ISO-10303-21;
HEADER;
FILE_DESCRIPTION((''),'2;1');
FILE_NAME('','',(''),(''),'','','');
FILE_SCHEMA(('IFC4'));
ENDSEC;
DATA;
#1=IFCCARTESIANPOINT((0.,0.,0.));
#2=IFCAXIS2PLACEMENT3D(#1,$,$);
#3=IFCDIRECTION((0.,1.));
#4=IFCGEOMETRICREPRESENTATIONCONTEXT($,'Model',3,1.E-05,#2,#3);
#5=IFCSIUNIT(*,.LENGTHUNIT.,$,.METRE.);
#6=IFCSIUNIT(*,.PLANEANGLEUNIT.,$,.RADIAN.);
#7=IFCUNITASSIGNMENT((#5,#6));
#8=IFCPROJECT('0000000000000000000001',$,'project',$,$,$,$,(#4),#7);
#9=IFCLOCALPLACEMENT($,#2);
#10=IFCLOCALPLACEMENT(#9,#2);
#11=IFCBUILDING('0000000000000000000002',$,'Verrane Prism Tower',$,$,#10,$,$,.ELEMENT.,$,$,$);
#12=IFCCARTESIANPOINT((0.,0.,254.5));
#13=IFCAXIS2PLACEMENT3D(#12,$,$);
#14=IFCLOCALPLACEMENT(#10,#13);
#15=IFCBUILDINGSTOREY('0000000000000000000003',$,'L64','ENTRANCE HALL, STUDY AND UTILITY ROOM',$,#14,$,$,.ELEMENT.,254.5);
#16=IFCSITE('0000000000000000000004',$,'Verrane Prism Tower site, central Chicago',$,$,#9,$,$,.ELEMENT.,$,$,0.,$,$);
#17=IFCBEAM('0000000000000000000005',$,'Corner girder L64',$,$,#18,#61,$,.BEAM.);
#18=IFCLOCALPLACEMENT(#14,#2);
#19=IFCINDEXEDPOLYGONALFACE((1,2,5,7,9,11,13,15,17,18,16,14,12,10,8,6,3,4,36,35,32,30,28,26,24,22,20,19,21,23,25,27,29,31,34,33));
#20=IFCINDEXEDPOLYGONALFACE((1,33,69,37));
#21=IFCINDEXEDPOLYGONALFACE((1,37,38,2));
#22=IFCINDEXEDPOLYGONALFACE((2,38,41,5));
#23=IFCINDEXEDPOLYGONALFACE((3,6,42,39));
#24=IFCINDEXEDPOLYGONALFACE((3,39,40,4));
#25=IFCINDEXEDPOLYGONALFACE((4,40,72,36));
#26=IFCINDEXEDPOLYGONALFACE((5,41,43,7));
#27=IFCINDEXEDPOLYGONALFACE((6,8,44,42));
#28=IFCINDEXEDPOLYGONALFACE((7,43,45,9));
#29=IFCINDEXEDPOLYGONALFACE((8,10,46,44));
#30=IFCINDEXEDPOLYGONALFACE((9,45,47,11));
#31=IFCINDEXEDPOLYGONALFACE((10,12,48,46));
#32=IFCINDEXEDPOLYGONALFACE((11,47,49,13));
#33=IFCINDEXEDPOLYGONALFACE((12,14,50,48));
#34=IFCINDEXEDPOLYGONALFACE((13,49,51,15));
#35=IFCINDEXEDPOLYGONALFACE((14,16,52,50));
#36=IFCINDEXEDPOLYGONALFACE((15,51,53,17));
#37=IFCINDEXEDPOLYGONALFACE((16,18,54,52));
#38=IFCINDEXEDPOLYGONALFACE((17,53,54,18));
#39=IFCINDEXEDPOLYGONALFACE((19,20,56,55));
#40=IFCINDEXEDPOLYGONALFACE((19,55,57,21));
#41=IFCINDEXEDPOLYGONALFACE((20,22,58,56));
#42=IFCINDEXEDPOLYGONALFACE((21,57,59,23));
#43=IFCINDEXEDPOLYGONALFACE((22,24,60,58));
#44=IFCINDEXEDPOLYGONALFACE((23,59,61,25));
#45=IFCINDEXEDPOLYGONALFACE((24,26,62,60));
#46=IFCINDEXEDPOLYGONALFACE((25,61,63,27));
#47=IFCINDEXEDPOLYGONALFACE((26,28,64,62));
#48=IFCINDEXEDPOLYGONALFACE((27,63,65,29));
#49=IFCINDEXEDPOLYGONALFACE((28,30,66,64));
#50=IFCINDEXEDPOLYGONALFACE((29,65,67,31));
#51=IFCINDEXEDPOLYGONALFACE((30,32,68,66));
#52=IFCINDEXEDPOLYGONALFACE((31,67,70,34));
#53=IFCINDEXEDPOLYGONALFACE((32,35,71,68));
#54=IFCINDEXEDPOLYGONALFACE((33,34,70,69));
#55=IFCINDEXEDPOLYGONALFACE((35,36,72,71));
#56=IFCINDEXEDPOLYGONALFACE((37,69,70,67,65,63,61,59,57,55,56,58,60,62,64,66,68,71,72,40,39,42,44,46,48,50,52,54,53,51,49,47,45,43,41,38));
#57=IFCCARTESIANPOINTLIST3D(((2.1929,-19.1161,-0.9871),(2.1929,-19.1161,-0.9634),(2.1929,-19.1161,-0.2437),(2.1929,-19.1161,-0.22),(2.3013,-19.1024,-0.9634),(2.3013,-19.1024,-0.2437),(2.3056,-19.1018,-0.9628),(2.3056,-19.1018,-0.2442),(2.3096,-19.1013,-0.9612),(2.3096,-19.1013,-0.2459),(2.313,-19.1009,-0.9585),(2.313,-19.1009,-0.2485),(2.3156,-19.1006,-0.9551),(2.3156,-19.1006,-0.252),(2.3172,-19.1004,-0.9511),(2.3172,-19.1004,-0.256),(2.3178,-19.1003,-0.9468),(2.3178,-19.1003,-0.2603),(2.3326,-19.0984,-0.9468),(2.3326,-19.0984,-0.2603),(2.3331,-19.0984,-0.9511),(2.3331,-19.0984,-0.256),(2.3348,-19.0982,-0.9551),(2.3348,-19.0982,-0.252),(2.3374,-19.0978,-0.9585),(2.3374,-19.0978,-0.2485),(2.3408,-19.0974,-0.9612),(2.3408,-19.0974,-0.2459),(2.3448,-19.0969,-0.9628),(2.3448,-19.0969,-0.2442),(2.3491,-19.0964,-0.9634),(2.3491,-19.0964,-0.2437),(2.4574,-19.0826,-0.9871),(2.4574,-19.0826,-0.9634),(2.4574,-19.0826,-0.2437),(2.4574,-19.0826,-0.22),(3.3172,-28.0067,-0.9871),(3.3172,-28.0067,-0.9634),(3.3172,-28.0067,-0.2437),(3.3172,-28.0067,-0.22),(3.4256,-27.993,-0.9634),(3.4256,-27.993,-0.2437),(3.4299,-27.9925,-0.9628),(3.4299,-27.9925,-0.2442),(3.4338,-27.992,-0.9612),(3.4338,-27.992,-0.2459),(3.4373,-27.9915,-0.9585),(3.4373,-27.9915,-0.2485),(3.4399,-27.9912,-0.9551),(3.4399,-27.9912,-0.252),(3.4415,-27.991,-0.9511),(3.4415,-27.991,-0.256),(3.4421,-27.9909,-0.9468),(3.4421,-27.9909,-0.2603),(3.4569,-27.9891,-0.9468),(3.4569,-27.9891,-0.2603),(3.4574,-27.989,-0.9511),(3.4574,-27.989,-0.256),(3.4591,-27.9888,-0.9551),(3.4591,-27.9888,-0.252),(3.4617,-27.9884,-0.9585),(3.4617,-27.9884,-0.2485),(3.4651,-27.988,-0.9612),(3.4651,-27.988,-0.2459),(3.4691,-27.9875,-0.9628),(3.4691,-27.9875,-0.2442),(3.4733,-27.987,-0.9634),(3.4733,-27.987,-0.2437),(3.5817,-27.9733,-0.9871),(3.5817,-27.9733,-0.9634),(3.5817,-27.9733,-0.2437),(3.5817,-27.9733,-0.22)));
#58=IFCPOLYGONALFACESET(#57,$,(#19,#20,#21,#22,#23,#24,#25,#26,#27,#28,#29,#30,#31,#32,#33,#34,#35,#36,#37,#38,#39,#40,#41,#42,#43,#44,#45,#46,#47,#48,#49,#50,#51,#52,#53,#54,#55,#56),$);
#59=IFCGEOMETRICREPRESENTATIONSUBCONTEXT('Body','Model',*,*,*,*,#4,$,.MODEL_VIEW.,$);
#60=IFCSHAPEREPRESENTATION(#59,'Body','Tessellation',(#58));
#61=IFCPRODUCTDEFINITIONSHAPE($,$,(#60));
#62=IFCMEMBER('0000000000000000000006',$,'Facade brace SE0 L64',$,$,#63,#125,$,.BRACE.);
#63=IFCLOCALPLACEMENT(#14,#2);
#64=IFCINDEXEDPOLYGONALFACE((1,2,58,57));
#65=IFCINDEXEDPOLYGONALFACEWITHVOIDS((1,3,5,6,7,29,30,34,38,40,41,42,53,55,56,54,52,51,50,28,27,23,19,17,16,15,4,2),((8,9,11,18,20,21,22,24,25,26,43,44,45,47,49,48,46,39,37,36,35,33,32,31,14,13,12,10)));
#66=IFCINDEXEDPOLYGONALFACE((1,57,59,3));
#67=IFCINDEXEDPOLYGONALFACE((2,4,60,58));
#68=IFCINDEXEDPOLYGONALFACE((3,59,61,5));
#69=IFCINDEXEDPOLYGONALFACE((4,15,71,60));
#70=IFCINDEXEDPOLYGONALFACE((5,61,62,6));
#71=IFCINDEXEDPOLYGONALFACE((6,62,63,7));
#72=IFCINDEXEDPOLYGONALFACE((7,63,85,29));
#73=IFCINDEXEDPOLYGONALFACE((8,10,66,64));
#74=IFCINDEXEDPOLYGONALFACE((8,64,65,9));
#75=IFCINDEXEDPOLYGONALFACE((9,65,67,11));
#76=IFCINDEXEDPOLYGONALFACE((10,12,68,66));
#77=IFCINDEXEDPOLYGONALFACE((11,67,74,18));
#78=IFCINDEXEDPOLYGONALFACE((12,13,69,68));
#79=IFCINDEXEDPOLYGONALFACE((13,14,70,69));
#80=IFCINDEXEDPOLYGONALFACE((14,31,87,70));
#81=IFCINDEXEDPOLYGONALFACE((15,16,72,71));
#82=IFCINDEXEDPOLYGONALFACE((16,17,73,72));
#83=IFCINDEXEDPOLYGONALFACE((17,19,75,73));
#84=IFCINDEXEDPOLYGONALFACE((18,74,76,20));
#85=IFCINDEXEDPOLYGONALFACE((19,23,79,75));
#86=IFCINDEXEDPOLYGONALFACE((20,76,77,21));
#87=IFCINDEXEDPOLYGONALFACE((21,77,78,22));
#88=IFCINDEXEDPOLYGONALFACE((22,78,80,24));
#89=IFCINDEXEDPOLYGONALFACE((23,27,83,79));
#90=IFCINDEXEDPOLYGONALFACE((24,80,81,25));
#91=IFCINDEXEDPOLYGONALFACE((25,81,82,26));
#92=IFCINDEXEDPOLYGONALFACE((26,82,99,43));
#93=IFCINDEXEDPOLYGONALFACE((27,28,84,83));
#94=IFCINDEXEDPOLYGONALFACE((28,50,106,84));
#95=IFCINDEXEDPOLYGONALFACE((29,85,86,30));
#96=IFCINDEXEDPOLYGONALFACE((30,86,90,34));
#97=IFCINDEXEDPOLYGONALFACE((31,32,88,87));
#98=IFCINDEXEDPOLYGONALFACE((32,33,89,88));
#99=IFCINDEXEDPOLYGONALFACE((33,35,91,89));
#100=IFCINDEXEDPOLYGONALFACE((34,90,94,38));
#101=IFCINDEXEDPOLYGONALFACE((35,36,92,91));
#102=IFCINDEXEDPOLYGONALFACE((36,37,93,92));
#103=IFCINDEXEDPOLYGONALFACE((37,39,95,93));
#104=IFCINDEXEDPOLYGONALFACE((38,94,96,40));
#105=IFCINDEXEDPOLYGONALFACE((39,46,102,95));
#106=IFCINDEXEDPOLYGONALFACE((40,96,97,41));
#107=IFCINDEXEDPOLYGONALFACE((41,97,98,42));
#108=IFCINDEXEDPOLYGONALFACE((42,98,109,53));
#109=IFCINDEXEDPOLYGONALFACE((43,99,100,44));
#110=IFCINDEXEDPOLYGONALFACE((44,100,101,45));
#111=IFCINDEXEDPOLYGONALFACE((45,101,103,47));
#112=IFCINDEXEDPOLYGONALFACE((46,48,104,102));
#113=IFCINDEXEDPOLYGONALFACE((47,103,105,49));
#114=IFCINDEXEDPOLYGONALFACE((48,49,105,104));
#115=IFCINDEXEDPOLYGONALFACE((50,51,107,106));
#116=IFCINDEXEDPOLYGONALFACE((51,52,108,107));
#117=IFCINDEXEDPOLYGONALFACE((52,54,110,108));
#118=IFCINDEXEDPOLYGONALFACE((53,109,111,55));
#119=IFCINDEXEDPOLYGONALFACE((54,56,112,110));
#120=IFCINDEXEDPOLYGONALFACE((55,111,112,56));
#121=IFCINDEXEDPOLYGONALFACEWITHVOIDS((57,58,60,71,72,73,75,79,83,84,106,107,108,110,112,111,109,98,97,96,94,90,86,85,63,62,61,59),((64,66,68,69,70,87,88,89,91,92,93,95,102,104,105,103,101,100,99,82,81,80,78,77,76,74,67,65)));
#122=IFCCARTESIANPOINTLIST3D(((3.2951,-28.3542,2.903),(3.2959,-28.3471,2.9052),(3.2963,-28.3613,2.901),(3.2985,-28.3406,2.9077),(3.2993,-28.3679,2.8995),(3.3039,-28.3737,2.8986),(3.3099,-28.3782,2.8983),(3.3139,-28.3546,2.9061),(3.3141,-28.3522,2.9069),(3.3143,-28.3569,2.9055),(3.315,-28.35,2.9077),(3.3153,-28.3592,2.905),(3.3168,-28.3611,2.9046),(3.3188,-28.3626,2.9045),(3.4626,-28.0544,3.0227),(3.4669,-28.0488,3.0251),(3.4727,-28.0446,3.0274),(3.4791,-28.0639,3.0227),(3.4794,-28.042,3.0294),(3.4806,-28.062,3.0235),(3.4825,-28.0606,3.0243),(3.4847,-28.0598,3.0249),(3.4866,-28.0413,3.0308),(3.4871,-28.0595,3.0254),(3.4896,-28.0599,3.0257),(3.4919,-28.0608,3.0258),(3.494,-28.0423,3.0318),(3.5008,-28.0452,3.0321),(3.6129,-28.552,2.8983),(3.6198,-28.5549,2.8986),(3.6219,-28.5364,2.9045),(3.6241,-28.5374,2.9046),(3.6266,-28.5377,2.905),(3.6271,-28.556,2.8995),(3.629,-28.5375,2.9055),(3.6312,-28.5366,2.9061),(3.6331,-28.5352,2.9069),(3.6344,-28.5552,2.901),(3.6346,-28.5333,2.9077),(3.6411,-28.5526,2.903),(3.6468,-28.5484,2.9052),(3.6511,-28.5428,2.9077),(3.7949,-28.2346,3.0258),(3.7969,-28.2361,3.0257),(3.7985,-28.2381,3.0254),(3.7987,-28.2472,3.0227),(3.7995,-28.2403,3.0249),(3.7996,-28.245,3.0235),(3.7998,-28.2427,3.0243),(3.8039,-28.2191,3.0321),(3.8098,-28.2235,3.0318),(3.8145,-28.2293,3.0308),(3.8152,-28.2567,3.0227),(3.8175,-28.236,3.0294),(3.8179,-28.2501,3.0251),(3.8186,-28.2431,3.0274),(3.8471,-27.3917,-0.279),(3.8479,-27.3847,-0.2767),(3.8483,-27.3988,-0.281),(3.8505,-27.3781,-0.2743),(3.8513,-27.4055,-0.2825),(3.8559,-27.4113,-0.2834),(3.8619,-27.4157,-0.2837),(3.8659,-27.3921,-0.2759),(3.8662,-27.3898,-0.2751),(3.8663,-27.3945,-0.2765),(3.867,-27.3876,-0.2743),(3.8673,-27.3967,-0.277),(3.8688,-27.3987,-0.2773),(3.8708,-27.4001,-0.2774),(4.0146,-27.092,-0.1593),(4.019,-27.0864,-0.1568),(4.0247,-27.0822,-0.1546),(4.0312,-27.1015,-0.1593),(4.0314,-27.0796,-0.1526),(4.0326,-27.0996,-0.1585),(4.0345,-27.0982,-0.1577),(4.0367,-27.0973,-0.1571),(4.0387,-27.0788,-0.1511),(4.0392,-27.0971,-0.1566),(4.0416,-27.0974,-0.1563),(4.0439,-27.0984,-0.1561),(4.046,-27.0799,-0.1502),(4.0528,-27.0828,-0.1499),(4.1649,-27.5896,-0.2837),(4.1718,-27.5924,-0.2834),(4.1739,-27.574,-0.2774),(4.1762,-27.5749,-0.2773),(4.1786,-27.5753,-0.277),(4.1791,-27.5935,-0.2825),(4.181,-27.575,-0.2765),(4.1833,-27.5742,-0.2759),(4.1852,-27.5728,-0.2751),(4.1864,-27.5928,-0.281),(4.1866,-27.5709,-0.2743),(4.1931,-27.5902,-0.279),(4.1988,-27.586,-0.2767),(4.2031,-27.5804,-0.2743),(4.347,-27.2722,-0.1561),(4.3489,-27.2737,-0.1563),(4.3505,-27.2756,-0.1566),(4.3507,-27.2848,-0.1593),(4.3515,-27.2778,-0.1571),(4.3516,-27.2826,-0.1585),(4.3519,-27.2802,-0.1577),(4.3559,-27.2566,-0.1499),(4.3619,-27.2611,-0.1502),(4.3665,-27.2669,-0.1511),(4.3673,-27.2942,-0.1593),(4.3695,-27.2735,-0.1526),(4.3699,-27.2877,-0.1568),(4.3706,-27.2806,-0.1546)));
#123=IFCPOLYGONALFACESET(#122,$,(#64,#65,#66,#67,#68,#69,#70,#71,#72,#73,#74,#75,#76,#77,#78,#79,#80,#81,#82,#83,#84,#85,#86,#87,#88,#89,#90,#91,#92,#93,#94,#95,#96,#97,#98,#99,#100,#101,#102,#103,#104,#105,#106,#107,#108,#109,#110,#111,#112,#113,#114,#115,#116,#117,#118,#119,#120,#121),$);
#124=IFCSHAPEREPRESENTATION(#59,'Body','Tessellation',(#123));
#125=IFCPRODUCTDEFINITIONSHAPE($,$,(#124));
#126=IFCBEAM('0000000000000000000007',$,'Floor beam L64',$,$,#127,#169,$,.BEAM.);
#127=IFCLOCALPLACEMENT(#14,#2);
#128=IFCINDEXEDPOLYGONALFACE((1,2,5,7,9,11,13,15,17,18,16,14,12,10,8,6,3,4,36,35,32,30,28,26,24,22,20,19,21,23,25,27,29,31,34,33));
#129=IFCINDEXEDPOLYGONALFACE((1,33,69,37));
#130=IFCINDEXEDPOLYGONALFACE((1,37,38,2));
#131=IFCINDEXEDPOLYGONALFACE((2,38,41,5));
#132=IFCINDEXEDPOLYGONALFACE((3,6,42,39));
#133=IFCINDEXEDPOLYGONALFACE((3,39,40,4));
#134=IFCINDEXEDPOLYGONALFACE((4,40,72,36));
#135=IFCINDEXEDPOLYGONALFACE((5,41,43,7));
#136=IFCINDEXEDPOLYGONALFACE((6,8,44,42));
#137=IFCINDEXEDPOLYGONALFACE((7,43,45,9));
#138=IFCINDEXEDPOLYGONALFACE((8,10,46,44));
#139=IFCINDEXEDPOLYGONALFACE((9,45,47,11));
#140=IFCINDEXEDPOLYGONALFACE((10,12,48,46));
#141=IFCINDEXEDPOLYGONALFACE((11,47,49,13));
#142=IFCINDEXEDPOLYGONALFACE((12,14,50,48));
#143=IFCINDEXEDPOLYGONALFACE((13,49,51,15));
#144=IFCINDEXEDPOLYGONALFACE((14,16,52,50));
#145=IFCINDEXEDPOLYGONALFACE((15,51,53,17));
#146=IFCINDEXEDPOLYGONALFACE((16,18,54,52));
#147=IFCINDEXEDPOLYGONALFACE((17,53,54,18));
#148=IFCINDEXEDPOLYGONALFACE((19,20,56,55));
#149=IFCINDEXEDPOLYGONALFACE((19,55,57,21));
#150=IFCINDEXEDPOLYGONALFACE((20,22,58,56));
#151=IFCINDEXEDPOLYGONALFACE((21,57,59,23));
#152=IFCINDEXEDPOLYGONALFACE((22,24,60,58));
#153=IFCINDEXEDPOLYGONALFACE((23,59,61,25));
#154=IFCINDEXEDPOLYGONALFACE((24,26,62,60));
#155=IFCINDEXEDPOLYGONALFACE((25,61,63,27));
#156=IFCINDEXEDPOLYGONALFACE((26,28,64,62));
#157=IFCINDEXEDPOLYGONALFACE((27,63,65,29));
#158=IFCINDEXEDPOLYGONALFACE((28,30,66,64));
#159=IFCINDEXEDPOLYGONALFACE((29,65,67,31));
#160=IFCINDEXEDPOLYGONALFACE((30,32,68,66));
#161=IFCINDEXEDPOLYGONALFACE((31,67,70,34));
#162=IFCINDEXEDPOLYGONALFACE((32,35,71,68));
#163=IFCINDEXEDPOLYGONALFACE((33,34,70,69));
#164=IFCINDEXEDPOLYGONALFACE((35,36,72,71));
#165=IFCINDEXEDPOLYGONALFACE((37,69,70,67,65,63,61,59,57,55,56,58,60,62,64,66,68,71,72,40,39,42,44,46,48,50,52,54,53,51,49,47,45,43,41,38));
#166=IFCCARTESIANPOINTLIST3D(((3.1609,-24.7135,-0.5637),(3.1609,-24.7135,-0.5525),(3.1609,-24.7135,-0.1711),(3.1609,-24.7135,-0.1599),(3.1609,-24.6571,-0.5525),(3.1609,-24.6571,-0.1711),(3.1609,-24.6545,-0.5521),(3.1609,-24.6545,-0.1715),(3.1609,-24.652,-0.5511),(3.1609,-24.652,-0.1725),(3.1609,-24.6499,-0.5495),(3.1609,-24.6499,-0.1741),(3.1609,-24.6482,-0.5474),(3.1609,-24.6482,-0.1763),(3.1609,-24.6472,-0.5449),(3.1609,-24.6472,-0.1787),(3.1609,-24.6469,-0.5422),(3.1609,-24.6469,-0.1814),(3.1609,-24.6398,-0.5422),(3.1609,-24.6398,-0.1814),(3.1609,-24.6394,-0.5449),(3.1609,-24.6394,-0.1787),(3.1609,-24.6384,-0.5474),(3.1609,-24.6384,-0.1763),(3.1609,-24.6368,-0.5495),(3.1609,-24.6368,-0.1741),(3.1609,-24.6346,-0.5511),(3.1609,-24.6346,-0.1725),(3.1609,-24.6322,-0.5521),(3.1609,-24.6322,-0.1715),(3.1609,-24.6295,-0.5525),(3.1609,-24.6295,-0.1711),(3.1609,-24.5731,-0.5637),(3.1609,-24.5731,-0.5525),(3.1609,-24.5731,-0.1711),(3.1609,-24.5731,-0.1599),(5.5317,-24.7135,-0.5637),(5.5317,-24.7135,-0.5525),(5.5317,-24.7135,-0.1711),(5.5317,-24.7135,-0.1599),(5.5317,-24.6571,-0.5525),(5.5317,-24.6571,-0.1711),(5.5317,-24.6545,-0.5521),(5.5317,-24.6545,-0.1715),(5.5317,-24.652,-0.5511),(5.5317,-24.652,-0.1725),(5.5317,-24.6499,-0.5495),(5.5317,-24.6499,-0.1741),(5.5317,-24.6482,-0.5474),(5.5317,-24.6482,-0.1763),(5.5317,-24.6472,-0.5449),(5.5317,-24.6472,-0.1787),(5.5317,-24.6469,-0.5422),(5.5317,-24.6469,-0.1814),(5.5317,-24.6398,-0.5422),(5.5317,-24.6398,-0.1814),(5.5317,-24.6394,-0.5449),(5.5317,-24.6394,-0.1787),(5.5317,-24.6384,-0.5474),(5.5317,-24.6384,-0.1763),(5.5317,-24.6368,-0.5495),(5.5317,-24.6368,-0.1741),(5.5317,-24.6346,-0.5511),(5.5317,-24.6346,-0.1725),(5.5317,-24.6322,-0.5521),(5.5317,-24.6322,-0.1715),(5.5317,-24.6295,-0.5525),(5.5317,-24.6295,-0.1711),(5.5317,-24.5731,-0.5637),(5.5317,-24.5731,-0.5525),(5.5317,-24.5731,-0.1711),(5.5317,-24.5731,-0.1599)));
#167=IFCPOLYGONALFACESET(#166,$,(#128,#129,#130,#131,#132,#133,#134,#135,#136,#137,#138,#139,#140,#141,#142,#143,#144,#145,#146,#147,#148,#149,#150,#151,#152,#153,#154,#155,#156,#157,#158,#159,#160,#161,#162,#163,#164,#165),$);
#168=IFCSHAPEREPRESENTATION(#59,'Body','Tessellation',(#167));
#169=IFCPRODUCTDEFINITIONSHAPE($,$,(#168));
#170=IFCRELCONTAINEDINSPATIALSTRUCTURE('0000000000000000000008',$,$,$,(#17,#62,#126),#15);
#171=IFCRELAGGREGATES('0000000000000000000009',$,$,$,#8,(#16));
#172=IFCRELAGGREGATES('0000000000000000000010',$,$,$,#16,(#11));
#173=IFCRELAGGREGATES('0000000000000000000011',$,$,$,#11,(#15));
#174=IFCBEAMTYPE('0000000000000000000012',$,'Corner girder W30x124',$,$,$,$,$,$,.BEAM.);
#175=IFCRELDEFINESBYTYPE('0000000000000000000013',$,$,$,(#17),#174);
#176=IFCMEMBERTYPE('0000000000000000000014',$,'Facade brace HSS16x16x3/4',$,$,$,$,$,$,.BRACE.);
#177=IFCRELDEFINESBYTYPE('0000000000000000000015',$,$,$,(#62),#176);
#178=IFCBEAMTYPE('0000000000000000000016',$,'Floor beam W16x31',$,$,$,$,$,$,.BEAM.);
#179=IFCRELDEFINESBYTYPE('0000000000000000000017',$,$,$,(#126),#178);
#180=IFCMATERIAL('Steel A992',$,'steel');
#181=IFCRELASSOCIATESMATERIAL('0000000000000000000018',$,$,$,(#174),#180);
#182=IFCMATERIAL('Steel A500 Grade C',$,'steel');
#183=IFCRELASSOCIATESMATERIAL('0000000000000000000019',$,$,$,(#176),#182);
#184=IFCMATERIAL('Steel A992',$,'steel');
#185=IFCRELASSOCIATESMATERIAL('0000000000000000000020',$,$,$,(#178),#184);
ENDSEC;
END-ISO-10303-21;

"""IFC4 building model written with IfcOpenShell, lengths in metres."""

from ifc_helpers import new_model, si_unit, direction, frame, origin, origin_2d, place, context, subcontext, project, spatial, hollow_rectangle, i_section, extrude, material, material_profile, profile_set, type_object, element, save


model = new_model("IFC4")

# Units and contexts
model_context = context("Model", 3, precision=1e-05, world=origin(), true_north=direction((0.0, 1.0)))
body_context = subcontext(model_context, "Body", "Model", "MODEL_VIEW")
ifc_project = project(units=[si_unit("LENGTHUNIT", "METRE"), si_unit("PLANEANGLEUNIT", "RADIAN")], contexts=[model_context])

# Site, building, storey
site_placement = place(None, origin())
site = spatial("IfcSite", under=ifc_project, at=site_placement, Name="Verrane Prism Tower site, central Chicago", CompositionType="ELEMENT", RefElevation=0.0)
building_placement = place(site_placement, origin())
building = spatial("IfcBuilding", under=site, at=building_placement, Name="Verrane Prism Tower", CompositionType="ELEMENT")
storey_placement = place(building_placement, frame((0.0, 0.0, 254.5)))
storey = spatial("IfcBuildingStorey", under=building, at=storey_placement, Name="L64", Description="ENTRANCE HALL, STUDY AND UTILITY ROOM", CompositionType="ELEMENT", Elevation=254.5)

# Beam
ifc_material_1 = material(Name="Steel A992", Category="steel")
ifc_material_profile_1 = material_profile(ifc_material_1, i_section(OverallWidth=0.2666, OverallDepth=0.7671, WebThickness=0.0149, FlangeThickness=0.0237, FilletRadius=0.0166, at=origin_2d()), Name="W30x124")
ifc_profile_set_1 = profile_set([ifc_material_profile_1], Name="Steel A992")
beam_type_1 = type_object("IfcBeamType", Name="Corner girder W30x124", PredefinedType="BEAM", material=ifc_profile_set_1)
beam_1_placement = place(storey_placement, frame((3.4495, -27.99, -0.6035), z_axis=(-0.125456, 0.992099, 0.0), x_axis=(-0.992099, -0.125456, 0.0)))
element("IfcBeam", 1, at=beam_1_placement, inside=storey, type_object=beam_type_1, Name="Corner girder L64", PredefinedType="BEAM", context=body_context, shape_type="SweptSolid", body=[
    extrude(i_section(OverallWidth=0.2666, OverallDepth=0.7671, WebThickness=0.0149, FlangeThickness=0.0237, FilletRadius=0.0166, at=origin_2d()), origin(), (0.0, 0.0, 1.0), 8.9614),
])

# Member
ifc_material_2 = material(Name="Steel A500 Grade C", Category="steel")
ifc_material_profile_2 = material_profile(ifc_material_2, hollow_rectangle(XDim=0.4065, YDim=0.4065, WallThickness=0.019, InnerFilletRadius=0.0095, OuterFilletRadius=0.0286, at=origin_2d()), Name="HSS16x16x3/4")
ifc_profile_set_2 = profile_set([ifc_material_profile_2], Name="Steel A500 Grade C")
member_type_1 = type_object("IfcMemberType", Name="Facade brace HSS16x16x3/4", PredefinedType="BRACE", material=ifc_profile_set_2)
member_1_placement = place(storey_placement, frame((4.1089, -27.3362, -0.2168), z_axis=(-0.16381, -0.285599, 0.944245), x_axis=(0.867443, -0.497536, 0.0)))
element("IfcMember", 2, at=member_1_placement, inside=storey, type_object=member_type_1, Name="Facade brace SE0 L64", PredefinedType="BRACE", context=body_context, shape_type="SweptSolid", body=[
    extrude(hollow_rectangle(XDim=0.4065, YDim=0.4065, WallThickness=0.019, InnerFilletRadius=0.0095, OuterFilletRadius=0.0286, at=origin_2d()), origin(), (0.0, 0.0, 1.0), 3.3699),
])

# Beam
ifc_material_3 = material(Name="Steel A992", Category="steel")
ifc_material_profile_3 = material_profile(ifc_material_3, i_section(OverallWidth=0.1404, OverallDepth=0.4038, WebThickness=0.0071, FlangeThickness=0.0112, FilletRadius=0.0103, at=origin_2d()), Name="W16x31")
ifc_profile_set_3 = profile_set([ifc_material_profile_3], Name="Steel A992")
beam_type_2 = type_object("IfcBeamType", Name="Floor beam W16x31", PredefinedType="BEAM", material=ifc_profile_set_3)
beam_2_placement = place(storey_placement, frame((3.1609, -24.6433, -0.3618), z_axis=(1.0, 0.0, 0.0), x_axis=(0.0, 1.0, 0.0)))
element("IfcBeam", 3, at=beam_2_placement, inside=storey, type_object=beam_type_2, Name="Floor beam L64", PredefinedType="BEAM", context=body_context, shape_type="SweptSolid", body=[
    extrude(i_section(OverallWidth=0.1404, OverallDepth=0.4038, WebThickness=0.0071, FlangeThickness=0.0112, FilletRadius=0.0103, at=origin_2d()), origin(), (0.0, 0.0, 1.0), 2.3708),
])

save(model, "model.ifc")
